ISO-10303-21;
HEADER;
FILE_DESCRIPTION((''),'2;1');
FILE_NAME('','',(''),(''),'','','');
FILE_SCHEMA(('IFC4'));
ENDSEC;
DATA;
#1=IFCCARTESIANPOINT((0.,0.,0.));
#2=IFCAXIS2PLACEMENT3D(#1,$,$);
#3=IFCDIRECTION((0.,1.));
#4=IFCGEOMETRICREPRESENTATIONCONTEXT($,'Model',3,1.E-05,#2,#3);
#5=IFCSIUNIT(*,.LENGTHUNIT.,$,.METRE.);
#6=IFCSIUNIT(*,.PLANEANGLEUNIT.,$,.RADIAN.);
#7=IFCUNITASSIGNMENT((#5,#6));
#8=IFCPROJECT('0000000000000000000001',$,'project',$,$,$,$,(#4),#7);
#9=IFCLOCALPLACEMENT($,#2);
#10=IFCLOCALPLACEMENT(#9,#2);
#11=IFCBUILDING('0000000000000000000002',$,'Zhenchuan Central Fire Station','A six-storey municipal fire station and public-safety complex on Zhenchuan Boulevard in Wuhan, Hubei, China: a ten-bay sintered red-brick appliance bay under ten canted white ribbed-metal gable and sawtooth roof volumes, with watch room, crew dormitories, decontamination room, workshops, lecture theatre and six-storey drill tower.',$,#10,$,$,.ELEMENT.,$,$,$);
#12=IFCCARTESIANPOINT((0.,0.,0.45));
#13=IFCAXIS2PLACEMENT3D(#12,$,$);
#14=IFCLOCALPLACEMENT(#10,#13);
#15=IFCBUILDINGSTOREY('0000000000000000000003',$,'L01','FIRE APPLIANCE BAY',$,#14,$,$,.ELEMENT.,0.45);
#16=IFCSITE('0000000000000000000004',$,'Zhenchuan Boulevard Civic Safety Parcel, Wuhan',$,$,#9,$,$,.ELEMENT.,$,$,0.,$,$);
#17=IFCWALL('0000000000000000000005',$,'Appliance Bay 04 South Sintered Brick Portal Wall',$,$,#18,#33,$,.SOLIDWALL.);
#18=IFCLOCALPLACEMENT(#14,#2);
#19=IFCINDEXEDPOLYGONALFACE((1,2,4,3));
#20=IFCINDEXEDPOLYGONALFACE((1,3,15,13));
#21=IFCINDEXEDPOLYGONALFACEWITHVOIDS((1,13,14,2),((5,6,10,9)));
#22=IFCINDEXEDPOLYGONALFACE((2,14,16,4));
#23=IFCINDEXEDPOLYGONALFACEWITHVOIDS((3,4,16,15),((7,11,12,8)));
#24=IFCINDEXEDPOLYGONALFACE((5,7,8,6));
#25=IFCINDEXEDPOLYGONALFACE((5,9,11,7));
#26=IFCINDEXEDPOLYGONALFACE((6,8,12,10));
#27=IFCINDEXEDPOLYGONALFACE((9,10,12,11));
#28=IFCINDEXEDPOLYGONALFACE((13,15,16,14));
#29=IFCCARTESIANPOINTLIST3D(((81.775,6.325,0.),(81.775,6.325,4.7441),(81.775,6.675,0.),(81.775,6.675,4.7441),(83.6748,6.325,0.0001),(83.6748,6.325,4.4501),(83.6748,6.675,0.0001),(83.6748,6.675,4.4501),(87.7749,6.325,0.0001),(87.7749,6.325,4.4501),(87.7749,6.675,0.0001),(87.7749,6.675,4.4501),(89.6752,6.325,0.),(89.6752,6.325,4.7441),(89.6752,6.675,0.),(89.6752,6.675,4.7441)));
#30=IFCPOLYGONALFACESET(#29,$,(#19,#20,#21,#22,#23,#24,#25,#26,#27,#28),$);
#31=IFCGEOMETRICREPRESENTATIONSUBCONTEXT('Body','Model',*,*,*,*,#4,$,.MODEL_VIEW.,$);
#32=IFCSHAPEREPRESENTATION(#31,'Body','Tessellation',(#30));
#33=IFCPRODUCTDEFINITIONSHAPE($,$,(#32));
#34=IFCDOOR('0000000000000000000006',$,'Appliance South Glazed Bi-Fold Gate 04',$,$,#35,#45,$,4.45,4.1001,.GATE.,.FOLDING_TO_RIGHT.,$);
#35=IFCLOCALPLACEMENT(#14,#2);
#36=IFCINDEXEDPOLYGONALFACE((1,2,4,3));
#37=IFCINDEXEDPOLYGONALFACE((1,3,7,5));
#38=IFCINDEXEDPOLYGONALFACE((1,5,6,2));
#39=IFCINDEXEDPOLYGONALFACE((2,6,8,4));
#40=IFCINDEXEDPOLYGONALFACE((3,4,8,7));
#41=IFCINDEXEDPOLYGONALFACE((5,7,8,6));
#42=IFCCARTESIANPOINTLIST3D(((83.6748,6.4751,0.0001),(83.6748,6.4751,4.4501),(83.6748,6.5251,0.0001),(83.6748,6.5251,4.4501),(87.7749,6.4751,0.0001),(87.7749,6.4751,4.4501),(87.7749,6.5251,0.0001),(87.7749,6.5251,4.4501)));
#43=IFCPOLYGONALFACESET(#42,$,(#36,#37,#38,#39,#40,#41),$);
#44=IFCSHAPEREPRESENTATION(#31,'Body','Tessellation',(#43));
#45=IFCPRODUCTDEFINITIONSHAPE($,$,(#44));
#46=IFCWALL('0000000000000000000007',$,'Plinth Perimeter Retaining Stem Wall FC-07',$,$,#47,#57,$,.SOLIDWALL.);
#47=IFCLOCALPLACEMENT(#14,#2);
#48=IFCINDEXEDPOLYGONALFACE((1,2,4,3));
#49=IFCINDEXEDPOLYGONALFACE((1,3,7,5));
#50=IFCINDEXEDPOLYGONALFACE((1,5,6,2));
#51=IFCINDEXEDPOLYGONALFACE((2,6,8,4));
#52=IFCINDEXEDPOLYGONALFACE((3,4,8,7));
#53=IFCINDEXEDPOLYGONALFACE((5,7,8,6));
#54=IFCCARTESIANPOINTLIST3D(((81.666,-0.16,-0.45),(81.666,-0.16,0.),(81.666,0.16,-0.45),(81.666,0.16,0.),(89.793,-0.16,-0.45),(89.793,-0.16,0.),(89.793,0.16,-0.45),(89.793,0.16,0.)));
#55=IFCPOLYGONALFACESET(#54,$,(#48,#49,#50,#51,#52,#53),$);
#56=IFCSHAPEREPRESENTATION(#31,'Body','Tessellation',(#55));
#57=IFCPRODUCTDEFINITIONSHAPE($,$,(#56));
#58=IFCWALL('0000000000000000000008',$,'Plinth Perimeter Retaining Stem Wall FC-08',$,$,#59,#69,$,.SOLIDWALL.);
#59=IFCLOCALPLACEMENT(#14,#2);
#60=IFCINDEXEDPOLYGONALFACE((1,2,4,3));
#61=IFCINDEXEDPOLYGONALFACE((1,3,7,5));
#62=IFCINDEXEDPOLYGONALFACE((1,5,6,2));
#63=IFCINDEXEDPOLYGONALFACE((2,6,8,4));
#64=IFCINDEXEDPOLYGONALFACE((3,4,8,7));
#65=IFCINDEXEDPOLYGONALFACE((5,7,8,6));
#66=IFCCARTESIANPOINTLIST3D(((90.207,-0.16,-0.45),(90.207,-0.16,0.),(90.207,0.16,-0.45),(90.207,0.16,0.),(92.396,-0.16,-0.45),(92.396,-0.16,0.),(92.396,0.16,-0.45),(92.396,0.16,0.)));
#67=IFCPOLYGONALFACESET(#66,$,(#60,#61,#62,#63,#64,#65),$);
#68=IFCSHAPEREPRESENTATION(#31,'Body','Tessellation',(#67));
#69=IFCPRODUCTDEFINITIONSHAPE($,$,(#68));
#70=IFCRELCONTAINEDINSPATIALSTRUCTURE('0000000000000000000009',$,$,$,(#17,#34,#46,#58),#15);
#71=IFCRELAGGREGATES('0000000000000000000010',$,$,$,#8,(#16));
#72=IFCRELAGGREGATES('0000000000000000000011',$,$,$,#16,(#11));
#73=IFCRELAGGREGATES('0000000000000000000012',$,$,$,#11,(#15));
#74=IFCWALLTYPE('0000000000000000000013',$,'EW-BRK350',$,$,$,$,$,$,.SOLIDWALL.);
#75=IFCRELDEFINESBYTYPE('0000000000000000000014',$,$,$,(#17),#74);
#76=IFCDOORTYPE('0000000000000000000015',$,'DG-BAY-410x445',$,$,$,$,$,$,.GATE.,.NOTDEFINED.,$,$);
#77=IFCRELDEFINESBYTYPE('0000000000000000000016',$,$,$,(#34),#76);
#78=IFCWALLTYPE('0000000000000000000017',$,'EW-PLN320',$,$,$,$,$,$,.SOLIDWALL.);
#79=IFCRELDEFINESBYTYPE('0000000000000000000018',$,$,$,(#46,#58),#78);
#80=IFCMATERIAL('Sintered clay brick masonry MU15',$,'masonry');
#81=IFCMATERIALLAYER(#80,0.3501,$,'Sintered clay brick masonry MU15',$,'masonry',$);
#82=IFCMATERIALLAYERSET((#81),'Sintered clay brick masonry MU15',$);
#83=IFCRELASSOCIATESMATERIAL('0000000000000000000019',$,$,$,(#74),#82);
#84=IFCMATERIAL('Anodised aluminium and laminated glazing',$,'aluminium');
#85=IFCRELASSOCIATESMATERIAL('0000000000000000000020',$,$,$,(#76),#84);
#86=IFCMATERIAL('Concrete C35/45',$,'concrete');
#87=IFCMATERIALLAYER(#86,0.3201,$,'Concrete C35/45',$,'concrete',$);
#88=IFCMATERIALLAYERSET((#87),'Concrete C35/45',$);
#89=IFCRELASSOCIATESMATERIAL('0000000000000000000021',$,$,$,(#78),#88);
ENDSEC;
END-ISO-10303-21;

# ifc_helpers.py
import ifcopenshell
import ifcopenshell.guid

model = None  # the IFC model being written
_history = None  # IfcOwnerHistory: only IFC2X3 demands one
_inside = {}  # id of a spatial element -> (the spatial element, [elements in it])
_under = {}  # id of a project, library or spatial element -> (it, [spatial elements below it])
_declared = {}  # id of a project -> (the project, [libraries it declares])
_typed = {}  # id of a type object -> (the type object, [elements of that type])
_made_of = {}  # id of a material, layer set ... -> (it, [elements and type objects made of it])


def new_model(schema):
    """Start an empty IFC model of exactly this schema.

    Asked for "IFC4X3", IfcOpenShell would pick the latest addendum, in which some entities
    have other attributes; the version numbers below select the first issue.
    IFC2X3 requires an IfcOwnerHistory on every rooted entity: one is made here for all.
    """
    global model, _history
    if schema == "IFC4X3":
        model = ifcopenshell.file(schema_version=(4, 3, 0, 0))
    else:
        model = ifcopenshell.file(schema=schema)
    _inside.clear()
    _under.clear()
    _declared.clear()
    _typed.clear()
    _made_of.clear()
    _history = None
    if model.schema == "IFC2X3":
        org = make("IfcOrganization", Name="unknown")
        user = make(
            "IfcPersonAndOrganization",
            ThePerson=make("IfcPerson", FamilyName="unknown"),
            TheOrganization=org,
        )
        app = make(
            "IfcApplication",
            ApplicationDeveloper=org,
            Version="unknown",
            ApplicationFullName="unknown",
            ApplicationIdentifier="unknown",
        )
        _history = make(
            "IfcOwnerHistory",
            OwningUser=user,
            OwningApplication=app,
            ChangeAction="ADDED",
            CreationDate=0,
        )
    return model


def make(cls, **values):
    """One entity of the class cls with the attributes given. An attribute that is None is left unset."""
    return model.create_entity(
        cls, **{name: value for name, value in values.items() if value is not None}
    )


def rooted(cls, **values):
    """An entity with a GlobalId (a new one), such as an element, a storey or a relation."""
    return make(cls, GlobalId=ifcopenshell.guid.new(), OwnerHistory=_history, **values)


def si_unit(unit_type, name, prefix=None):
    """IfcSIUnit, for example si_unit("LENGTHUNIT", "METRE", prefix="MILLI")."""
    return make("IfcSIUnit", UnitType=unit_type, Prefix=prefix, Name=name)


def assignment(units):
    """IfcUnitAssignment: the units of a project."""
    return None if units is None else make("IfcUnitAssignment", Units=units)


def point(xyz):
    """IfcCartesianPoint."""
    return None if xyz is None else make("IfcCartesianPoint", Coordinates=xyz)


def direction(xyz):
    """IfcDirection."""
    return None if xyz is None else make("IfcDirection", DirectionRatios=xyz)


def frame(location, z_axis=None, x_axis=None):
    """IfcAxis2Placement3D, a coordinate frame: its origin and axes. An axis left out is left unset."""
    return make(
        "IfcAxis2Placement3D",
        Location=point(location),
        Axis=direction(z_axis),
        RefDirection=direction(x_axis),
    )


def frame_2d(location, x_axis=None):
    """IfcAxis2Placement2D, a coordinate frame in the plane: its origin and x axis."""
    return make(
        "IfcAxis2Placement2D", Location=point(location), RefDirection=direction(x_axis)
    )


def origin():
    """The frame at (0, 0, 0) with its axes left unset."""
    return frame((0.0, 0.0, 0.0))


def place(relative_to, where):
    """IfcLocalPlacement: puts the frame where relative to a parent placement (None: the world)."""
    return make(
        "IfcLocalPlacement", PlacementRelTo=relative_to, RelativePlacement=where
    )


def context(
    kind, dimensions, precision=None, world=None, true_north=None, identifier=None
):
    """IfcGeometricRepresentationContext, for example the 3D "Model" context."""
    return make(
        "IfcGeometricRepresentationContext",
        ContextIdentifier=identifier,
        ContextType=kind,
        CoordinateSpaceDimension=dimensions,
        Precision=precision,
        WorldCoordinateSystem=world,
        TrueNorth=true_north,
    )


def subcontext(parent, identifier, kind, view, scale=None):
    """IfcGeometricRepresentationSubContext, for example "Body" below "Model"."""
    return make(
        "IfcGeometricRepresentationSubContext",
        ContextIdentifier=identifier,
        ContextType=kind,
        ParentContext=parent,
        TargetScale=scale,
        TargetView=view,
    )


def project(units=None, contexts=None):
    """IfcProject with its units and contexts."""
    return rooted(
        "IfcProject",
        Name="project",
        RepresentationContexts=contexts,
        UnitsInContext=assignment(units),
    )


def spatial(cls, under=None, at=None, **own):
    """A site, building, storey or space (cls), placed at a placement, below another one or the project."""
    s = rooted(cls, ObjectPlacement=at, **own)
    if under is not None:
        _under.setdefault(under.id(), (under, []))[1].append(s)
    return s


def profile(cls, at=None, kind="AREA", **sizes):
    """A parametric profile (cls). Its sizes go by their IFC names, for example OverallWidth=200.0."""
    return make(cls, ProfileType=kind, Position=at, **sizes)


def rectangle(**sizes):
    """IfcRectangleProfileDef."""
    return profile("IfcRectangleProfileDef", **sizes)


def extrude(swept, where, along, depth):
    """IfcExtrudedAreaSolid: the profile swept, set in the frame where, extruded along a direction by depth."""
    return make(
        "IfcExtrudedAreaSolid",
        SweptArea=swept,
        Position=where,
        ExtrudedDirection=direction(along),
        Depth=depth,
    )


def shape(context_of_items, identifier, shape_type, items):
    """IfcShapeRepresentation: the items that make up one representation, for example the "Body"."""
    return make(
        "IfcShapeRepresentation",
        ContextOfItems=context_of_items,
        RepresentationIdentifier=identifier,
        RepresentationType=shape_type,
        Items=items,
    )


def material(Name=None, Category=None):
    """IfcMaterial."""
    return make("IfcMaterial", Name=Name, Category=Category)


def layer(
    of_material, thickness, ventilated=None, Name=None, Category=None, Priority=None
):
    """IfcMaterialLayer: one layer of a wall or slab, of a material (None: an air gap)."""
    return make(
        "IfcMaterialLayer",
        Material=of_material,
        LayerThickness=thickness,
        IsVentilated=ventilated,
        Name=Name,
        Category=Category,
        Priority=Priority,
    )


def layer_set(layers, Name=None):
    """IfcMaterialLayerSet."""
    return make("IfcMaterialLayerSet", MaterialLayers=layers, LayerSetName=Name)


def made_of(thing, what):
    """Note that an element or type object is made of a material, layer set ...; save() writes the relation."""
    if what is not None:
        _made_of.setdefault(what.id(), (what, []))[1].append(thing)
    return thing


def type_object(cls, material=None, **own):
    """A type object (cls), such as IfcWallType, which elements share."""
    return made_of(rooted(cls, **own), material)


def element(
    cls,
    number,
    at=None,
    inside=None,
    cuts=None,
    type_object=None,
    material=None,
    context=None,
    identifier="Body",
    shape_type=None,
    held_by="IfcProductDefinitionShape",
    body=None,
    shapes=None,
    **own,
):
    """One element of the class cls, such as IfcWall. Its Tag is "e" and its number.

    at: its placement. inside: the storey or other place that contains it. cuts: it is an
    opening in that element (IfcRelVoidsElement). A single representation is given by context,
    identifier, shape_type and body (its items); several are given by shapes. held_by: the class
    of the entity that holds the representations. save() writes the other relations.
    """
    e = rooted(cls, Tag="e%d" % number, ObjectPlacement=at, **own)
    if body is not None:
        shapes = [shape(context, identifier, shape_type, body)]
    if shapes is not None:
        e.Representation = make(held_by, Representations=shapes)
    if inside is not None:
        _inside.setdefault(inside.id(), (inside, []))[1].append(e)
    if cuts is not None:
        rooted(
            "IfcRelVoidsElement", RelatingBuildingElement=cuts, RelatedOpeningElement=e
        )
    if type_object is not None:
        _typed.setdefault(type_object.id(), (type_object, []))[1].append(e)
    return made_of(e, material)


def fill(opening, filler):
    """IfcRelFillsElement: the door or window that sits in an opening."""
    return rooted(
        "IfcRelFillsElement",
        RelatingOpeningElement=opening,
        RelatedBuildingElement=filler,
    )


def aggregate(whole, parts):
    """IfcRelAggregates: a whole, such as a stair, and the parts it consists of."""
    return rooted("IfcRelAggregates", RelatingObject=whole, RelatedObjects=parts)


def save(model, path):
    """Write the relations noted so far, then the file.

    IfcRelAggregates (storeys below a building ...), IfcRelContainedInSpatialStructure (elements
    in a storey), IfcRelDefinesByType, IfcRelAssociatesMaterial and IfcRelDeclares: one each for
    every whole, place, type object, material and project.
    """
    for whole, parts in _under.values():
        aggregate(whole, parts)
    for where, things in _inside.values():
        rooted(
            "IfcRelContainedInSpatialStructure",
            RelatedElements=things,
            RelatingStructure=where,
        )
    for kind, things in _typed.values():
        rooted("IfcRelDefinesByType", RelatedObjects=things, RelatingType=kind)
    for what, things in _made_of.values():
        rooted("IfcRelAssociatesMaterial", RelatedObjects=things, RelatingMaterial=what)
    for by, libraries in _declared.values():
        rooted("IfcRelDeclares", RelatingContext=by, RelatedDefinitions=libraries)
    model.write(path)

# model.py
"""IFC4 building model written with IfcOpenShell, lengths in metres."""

from ifc_helpers import new_model, si_unit, direction, frame, frame_2d, origin, place, context, subcontext, project, spatial, rectangle, extrude, material, layer, layer_set, type_object, element, fill, save


model = new_model("IFC4")

# Units and contexts
model_context = context("Model", 3, precision=1e-05, world=origin(), true_north=direction((0.0, 1.0)))
body_context = subcontext(model_context, "Body", "Model", "MODEL_VIEW")
ifc_project = project(units=[si_unit("LENGTHUNIT", "METRE"), si_unit("PLANEANGLEUNIT", "RADIAN")], contexts=[model_context])

# Site, building, storey
site_placement = place(None, origin())
site = spatial("IfcSite", under=ifc_project, at=site_placement, Name="Zhenchuan Boulevard Civic Safety Parcel, Wuhan", CompositionType="ELEMENT", RefElevation=0.0)
building_placement = place(site_placement, origin())
building = spatial("IfcBuilding", under=site, at=building_placement, Name="Zhenchuan Central Fire Station", Description="A six-storey municipal fire station and public-safety complex on Zhenchuan Boulevard in Wuhan, Hubei, China: a ten-bay sintered red-brick appliance bay under ten canted white ribbed-metal gable and sawtooth roof volumes, with watch room, crew dormitories, decontamination room, workshops, lecture theatre and six-storey drill tower.", CompositionType="ELEMENT")
storey_placement = place(building_placement, frame((0.0, 0.0, 0.45)))
storey = spatial("IfcBuildingStorey", under=building, at=storey_placement, Name="L01", Description="FIRE APPLIANCE BAY", CompositionType="ELEMENT", Elevation=0.45)

# Shared definitions
ifc_material_1 = material(Name="Concrete C35/45", Category="concrete")

# Wall, opening, door
ifc_material_2 = material(Name="Sintered clay brick masonry MU15", Category="masonry")
ifc_layer_1 = layer(ifc_material_2, 0.3501, Name="Sintered clay brick masonry MU15", Category="masonry")
ifc_layer_set_1 = layer_set([ifc_layer_1], Name="Sintered clay brick masonry MU15")
wall_type_1 = type_object("IfcWallType", Name="EW-BRK350", PredefinedType="SOLIDWALL", material=ifc_layer_set_1)
wall_1_placement = place(storey_placement, frame((81.7749, 6.5, 0.0), z_axis=(0.0, 0.0, 1.0), x_axis=(1.0, 0.0, 0.0)))
wall_1 = element("IfcWall", 1, at=wall_1_placement, inside=storey, type_object=wall_type_1, Name="Appliance Bay 04 South Sintered Brick Portal Wall", PredefinedType="SOLIDWALL", context=body_context, shape_type="SweptSolid", body=[
    extrude(rectangle(XDim=7.9001, YDim=0.3501, at=frame_2d((3.9502, 0.0))), origin(), (0.0, 0.0, 1.0), 4.7441),
])
opening_placement = place(wall_1_placement, frame((1.8999, 0.0, 0.0)))
opening = element("IfcOpeningElement", 2, at=opening_placement, cuts=wall_1, PredefinedType="OPENING", context=body_context, shape_type="SweptSolid", body=[
    extrude(rectangle(XDim=4.1001, YDim=4.45, at=frame_2d((2.05, 2.2251))), frame((0.0, 0.1851, 0.0), z_axis=(0.0, -1.0, 0.0), x_axis=(1.0, 0.0, 0.0)), (0.0, 0.0, 1.0), 0.3701),
])
ifc_material_3 = material(Name="Anodised aluminium and laminated glazing", Category="aluminium")
door_type = type_object("IfcDoorType", Name="DG-BAY-410x445", OperationType="NOTDEFINED", PredefinedType="GATE", material=ifc_material_3)
door_placement = place(opening_placement, frame((4.1001, 0.0, 0.0), z_axis=(0.0, 0.0, 1.0), x_axis=(-1.0, 0.0, 0.0)))
door = element("IfcDoor", 3, at=door_placement, inside=storey, type_object=door_type, Name="Appliance South Glazed Bi-Fold Gate 04", OperationType="FOLDING_TO_RIGHT", OverallHeight=4.45, OverallWidth=4.1001, PredefinedType="GATE", context=body_context, shape_type="SweptSolid", body=[
    extrude(rectangle(XDim=4.1001, YDim=4.45, at=frame_2d((2.05, 2.2251))), frame((0.0, 0.0249, 0.0), z_axis=(0.0, -1.0, 0.0), x_axis=(1.0, 0.0, 0.0)), (0.0, 0.0, 1.0), 0.05),
])
fill(opening, door)

# Walls
ifc_layer_2 = layer(ifc_material_1, 0.3201, Name="Concrete C35/45", Category="concrete")
ifc_layer_set_2 = layer_set([ifc_layer_2], Name="Concrete C35/45")
wall_type_2 = type_object("IfcWallType", Name="EW-PLN320", PredefinedType="SOLIDWALL", material=ifc_layer_set_2)
wall_2_placement = place(storey_placement, frame((81.666, 0.0, -0.45), z_axis=(0.0, 0.0, 1.0), x_axis=(1.0, 0.0, 0.0)))
element("IfcWall", 4, at=wall_2_placement, inside=storey, type_object=wall_type_2, Name="Plinth Perimeter Retaining Stem Wall FC-07", PredefinedType="SOLIDWALL", context=body_context, shape_type="SweptSolid", body=[
    extrude(rectangle(XDim=8.127, YDim=0.3201, at=frame_2d((4.0635, 0.0))), origin(), (0.0, 0.0, 1.0), 0.45),
])
wall_3_placement = place(storey_placement, frame((90.207, 0.0, -0.45), z_axis=(0.0, 0.0, 1.0), x_axis=(1.0, 0.0, 0.0)))
element("IfcWall", 5, at=wall_3_placement, inside=storey, type_object=wall_type_2, Name="Plinth Perimeter Retaining Stem Wall FC-08", PredefinedType="SOLIDWALL", context=body_context, shape_type="SweptSolid", body=[
    extrude(rectangle(XDim=2.189, YDim=0.3201, at=frame_2d((1.0945, 0.0))), origin(), (0.0, 0.0, 1.0), 0.45),
])

save(model, "model.ifc")
